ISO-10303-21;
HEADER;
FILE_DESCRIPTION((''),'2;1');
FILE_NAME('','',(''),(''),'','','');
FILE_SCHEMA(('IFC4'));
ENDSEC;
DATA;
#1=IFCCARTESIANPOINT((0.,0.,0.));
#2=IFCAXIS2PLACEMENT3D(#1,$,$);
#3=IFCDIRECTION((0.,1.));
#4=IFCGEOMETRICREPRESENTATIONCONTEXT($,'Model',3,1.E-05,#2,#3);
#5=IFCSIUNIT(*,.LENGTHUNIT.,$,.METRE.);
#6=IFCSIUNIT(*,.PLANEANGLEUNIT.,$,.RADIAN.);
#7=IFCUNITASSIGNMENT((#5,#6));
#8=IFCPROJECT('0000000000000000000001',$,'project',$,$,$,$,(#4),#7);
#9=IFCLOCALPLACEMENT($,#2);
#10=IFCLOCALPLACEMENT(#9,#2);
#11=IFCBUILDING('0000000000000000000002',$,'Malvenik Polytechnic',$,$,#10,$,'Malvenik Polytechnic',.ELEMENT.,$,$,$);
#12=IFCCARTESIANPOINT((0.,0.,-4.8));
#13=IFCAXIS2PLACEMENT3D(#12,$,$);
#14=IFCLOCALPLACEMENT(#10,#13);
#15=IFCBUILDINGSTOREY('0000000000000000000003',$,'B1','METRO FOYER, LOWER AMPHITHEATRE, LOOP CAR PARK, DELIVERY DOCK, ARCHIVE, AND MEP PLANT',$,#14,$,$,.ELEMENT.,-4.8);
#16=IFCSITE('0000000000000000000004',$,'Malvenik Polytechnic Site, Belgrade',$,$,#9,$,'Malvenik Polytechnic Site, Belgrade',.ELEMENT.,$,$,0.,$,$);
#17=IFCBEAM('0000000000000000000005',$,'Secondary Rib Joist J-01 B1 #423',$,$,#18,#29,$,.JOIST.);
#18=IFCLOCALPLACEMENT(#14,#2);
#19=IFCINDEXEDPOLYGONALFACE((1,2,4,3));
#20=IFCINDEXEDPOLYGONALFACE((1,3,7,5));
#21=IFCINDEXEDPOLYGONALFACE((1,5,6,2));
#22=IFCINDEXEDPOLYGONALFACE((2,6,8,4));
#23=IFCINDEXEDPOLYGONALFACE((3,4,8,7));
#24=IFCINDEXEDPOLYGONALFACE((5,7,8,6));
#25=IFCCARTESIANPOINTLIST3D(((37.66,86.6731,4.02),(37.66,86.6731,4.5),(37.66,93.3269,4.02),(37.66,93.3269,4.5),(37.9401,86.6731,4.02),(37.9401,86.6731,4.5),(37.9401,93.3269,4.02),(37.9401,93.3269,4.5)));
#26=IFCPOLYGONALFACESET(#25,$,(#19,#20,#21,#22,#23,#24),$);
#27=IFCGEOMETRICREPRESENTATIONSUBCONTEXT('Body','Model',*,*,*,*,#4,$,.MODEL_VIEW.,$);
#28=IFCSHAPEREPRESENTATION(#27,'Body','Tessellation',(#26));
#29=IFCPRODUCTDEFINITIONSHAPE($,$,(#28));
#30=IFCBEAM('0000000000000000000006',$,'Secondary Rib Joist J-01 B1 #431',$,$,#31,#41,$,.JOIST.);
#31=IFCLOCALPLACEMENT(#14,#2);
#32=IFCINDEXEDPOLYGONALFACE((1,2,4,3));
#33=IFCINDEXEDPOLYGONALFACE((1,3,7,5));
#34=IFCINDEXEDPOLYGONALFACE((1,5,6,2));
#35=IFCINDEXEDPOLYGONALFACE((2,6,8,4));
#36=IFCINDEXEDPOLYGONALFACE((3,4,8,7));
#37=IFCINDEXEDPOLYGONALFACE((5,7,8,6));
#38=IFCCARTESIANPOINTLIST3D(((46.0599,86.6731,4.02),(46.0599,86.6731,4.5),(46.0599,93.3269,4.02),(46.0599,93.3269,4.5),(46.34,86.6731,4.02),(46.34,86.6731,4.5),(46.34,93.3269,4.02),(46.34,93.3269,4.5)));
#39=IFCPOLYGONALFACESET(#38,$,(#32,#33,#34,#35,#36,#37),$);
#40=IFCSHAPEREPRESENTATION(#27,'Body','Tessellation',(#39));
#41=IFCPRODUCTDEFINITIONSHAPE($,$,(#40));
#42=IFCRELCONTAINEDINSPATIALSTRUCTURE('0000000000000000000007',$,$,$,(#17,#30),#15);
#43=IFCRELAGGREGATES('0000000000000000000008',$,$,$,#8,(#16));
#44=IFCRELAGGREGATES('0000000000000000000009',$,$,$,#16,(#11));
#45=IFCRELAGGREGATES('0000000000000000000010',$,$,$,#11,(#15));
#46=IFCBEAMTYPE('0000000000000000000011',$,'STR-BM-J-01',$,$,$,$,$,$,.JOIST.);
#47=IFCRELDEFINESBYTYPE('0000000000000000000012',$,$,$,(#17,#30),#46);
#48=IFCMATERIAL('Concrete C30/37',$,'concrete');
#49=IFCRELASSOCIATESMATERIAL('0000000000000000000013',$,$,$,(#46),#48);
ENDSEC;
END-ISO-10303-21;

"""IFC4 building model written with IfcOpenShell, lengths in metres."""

from ifc_helpers import new_model, si_unit, direction, frame, origin, origin_2d, place, context, subcontext, project, spatial, rectangle, extrude, material, material_profile, profile_set, type_object, element, save


model = new_model("IFC4")

# Units and contexts
model_context = context("Model", 3, precision=1e-05, world=origin(), true_north=direction((0.0, 1.0)))
body_context = subcontext(model_context, "Body", "Model", "MODEL_VIEW")
ifc_project = project(units=[si_unit("LENGTHUNIT", "METRE"), si_unit("PLANEANGLEUNIT", "RADIAN")], contexts=[model_context])

# Site, building, storey
site_placement = place(None, origin())
site = spatial("IfcSite", under=ifc_project, at=site_placement, Name="Malvenik Polytechnic Site, Belgrade", LongName="Malvenik Polytechnic Site, Belgrade", CompositionType="ELEMENT", RefElevation=0.0)
building_placement = place(site_placement, origin())
building = spatial("IfcBuilding", under=site, at=building_placement, Name="Malvenik Polytechnic", LongName="Malvenik Polytechnic", CompositionType="ELEMENT")
storey_placement = place(building_placement, frame((0.0, 0.0, -4.8)))
storey = spatial("IfcBuildingStorey", under=building, at=storey_placement, Name="B1", Description="METRO FOYER, LOWER AMPHITHEATRE, LOOP CAR PARK, DELIVERY DOCK, ARCHIVE, AND MEP PLANT", CompositionType="ELEMENT", Elevation=-4.8)

# Beams
ifc_material_1 = material(Name="Concrete C30/37", Category="concrete")
ifc_material_profile_1 = material_profile(ifc_material_1, rectangle(XDim=0.28, YDim=0.48, at=origin_2d()), Name="RC JST 280x480")
ifc_profile_set_1 = profile_set([ifc_material_profile_1], Name="Concrete C30/37")
beam_type_1 = type_object("IfcBeamType", Name="STR-BM-J-01", PredefinedType="JOIST", material=ifc_profile_set_1)
for number, where, z_axis, x_axis, name in (
    (1, (37.8, 86.6731, 4.26), (0.0, 1.0, 0.0), (-1.0, 0.0, 0.0), "Secondary Rib Joist J-01 B1 #423"),
    (2, (46.2, 86.6731, 4.26), (0.0, 1.0, 0.0), (-1.0, 0.0, 0.0), "Secondary Rib Joist J-01 B1 #431"),
):
    element("IfcBeam", number, at=place(storey_placement, frame(where, z_axis=z_axis, x_axis=x_axis)), inside=storey, type_object=beam_type_1, Name=name, PredefinedType="JOIST", context=body_context, shape_type="SweptSolid", body=[
        extrude(rectangle(XDim=0.28, YDim=0.48, at=origin_2d()), origin(), (0.0, 0.0, 1.0), 6.6538),
    ])

save(model, "model.ifc")
